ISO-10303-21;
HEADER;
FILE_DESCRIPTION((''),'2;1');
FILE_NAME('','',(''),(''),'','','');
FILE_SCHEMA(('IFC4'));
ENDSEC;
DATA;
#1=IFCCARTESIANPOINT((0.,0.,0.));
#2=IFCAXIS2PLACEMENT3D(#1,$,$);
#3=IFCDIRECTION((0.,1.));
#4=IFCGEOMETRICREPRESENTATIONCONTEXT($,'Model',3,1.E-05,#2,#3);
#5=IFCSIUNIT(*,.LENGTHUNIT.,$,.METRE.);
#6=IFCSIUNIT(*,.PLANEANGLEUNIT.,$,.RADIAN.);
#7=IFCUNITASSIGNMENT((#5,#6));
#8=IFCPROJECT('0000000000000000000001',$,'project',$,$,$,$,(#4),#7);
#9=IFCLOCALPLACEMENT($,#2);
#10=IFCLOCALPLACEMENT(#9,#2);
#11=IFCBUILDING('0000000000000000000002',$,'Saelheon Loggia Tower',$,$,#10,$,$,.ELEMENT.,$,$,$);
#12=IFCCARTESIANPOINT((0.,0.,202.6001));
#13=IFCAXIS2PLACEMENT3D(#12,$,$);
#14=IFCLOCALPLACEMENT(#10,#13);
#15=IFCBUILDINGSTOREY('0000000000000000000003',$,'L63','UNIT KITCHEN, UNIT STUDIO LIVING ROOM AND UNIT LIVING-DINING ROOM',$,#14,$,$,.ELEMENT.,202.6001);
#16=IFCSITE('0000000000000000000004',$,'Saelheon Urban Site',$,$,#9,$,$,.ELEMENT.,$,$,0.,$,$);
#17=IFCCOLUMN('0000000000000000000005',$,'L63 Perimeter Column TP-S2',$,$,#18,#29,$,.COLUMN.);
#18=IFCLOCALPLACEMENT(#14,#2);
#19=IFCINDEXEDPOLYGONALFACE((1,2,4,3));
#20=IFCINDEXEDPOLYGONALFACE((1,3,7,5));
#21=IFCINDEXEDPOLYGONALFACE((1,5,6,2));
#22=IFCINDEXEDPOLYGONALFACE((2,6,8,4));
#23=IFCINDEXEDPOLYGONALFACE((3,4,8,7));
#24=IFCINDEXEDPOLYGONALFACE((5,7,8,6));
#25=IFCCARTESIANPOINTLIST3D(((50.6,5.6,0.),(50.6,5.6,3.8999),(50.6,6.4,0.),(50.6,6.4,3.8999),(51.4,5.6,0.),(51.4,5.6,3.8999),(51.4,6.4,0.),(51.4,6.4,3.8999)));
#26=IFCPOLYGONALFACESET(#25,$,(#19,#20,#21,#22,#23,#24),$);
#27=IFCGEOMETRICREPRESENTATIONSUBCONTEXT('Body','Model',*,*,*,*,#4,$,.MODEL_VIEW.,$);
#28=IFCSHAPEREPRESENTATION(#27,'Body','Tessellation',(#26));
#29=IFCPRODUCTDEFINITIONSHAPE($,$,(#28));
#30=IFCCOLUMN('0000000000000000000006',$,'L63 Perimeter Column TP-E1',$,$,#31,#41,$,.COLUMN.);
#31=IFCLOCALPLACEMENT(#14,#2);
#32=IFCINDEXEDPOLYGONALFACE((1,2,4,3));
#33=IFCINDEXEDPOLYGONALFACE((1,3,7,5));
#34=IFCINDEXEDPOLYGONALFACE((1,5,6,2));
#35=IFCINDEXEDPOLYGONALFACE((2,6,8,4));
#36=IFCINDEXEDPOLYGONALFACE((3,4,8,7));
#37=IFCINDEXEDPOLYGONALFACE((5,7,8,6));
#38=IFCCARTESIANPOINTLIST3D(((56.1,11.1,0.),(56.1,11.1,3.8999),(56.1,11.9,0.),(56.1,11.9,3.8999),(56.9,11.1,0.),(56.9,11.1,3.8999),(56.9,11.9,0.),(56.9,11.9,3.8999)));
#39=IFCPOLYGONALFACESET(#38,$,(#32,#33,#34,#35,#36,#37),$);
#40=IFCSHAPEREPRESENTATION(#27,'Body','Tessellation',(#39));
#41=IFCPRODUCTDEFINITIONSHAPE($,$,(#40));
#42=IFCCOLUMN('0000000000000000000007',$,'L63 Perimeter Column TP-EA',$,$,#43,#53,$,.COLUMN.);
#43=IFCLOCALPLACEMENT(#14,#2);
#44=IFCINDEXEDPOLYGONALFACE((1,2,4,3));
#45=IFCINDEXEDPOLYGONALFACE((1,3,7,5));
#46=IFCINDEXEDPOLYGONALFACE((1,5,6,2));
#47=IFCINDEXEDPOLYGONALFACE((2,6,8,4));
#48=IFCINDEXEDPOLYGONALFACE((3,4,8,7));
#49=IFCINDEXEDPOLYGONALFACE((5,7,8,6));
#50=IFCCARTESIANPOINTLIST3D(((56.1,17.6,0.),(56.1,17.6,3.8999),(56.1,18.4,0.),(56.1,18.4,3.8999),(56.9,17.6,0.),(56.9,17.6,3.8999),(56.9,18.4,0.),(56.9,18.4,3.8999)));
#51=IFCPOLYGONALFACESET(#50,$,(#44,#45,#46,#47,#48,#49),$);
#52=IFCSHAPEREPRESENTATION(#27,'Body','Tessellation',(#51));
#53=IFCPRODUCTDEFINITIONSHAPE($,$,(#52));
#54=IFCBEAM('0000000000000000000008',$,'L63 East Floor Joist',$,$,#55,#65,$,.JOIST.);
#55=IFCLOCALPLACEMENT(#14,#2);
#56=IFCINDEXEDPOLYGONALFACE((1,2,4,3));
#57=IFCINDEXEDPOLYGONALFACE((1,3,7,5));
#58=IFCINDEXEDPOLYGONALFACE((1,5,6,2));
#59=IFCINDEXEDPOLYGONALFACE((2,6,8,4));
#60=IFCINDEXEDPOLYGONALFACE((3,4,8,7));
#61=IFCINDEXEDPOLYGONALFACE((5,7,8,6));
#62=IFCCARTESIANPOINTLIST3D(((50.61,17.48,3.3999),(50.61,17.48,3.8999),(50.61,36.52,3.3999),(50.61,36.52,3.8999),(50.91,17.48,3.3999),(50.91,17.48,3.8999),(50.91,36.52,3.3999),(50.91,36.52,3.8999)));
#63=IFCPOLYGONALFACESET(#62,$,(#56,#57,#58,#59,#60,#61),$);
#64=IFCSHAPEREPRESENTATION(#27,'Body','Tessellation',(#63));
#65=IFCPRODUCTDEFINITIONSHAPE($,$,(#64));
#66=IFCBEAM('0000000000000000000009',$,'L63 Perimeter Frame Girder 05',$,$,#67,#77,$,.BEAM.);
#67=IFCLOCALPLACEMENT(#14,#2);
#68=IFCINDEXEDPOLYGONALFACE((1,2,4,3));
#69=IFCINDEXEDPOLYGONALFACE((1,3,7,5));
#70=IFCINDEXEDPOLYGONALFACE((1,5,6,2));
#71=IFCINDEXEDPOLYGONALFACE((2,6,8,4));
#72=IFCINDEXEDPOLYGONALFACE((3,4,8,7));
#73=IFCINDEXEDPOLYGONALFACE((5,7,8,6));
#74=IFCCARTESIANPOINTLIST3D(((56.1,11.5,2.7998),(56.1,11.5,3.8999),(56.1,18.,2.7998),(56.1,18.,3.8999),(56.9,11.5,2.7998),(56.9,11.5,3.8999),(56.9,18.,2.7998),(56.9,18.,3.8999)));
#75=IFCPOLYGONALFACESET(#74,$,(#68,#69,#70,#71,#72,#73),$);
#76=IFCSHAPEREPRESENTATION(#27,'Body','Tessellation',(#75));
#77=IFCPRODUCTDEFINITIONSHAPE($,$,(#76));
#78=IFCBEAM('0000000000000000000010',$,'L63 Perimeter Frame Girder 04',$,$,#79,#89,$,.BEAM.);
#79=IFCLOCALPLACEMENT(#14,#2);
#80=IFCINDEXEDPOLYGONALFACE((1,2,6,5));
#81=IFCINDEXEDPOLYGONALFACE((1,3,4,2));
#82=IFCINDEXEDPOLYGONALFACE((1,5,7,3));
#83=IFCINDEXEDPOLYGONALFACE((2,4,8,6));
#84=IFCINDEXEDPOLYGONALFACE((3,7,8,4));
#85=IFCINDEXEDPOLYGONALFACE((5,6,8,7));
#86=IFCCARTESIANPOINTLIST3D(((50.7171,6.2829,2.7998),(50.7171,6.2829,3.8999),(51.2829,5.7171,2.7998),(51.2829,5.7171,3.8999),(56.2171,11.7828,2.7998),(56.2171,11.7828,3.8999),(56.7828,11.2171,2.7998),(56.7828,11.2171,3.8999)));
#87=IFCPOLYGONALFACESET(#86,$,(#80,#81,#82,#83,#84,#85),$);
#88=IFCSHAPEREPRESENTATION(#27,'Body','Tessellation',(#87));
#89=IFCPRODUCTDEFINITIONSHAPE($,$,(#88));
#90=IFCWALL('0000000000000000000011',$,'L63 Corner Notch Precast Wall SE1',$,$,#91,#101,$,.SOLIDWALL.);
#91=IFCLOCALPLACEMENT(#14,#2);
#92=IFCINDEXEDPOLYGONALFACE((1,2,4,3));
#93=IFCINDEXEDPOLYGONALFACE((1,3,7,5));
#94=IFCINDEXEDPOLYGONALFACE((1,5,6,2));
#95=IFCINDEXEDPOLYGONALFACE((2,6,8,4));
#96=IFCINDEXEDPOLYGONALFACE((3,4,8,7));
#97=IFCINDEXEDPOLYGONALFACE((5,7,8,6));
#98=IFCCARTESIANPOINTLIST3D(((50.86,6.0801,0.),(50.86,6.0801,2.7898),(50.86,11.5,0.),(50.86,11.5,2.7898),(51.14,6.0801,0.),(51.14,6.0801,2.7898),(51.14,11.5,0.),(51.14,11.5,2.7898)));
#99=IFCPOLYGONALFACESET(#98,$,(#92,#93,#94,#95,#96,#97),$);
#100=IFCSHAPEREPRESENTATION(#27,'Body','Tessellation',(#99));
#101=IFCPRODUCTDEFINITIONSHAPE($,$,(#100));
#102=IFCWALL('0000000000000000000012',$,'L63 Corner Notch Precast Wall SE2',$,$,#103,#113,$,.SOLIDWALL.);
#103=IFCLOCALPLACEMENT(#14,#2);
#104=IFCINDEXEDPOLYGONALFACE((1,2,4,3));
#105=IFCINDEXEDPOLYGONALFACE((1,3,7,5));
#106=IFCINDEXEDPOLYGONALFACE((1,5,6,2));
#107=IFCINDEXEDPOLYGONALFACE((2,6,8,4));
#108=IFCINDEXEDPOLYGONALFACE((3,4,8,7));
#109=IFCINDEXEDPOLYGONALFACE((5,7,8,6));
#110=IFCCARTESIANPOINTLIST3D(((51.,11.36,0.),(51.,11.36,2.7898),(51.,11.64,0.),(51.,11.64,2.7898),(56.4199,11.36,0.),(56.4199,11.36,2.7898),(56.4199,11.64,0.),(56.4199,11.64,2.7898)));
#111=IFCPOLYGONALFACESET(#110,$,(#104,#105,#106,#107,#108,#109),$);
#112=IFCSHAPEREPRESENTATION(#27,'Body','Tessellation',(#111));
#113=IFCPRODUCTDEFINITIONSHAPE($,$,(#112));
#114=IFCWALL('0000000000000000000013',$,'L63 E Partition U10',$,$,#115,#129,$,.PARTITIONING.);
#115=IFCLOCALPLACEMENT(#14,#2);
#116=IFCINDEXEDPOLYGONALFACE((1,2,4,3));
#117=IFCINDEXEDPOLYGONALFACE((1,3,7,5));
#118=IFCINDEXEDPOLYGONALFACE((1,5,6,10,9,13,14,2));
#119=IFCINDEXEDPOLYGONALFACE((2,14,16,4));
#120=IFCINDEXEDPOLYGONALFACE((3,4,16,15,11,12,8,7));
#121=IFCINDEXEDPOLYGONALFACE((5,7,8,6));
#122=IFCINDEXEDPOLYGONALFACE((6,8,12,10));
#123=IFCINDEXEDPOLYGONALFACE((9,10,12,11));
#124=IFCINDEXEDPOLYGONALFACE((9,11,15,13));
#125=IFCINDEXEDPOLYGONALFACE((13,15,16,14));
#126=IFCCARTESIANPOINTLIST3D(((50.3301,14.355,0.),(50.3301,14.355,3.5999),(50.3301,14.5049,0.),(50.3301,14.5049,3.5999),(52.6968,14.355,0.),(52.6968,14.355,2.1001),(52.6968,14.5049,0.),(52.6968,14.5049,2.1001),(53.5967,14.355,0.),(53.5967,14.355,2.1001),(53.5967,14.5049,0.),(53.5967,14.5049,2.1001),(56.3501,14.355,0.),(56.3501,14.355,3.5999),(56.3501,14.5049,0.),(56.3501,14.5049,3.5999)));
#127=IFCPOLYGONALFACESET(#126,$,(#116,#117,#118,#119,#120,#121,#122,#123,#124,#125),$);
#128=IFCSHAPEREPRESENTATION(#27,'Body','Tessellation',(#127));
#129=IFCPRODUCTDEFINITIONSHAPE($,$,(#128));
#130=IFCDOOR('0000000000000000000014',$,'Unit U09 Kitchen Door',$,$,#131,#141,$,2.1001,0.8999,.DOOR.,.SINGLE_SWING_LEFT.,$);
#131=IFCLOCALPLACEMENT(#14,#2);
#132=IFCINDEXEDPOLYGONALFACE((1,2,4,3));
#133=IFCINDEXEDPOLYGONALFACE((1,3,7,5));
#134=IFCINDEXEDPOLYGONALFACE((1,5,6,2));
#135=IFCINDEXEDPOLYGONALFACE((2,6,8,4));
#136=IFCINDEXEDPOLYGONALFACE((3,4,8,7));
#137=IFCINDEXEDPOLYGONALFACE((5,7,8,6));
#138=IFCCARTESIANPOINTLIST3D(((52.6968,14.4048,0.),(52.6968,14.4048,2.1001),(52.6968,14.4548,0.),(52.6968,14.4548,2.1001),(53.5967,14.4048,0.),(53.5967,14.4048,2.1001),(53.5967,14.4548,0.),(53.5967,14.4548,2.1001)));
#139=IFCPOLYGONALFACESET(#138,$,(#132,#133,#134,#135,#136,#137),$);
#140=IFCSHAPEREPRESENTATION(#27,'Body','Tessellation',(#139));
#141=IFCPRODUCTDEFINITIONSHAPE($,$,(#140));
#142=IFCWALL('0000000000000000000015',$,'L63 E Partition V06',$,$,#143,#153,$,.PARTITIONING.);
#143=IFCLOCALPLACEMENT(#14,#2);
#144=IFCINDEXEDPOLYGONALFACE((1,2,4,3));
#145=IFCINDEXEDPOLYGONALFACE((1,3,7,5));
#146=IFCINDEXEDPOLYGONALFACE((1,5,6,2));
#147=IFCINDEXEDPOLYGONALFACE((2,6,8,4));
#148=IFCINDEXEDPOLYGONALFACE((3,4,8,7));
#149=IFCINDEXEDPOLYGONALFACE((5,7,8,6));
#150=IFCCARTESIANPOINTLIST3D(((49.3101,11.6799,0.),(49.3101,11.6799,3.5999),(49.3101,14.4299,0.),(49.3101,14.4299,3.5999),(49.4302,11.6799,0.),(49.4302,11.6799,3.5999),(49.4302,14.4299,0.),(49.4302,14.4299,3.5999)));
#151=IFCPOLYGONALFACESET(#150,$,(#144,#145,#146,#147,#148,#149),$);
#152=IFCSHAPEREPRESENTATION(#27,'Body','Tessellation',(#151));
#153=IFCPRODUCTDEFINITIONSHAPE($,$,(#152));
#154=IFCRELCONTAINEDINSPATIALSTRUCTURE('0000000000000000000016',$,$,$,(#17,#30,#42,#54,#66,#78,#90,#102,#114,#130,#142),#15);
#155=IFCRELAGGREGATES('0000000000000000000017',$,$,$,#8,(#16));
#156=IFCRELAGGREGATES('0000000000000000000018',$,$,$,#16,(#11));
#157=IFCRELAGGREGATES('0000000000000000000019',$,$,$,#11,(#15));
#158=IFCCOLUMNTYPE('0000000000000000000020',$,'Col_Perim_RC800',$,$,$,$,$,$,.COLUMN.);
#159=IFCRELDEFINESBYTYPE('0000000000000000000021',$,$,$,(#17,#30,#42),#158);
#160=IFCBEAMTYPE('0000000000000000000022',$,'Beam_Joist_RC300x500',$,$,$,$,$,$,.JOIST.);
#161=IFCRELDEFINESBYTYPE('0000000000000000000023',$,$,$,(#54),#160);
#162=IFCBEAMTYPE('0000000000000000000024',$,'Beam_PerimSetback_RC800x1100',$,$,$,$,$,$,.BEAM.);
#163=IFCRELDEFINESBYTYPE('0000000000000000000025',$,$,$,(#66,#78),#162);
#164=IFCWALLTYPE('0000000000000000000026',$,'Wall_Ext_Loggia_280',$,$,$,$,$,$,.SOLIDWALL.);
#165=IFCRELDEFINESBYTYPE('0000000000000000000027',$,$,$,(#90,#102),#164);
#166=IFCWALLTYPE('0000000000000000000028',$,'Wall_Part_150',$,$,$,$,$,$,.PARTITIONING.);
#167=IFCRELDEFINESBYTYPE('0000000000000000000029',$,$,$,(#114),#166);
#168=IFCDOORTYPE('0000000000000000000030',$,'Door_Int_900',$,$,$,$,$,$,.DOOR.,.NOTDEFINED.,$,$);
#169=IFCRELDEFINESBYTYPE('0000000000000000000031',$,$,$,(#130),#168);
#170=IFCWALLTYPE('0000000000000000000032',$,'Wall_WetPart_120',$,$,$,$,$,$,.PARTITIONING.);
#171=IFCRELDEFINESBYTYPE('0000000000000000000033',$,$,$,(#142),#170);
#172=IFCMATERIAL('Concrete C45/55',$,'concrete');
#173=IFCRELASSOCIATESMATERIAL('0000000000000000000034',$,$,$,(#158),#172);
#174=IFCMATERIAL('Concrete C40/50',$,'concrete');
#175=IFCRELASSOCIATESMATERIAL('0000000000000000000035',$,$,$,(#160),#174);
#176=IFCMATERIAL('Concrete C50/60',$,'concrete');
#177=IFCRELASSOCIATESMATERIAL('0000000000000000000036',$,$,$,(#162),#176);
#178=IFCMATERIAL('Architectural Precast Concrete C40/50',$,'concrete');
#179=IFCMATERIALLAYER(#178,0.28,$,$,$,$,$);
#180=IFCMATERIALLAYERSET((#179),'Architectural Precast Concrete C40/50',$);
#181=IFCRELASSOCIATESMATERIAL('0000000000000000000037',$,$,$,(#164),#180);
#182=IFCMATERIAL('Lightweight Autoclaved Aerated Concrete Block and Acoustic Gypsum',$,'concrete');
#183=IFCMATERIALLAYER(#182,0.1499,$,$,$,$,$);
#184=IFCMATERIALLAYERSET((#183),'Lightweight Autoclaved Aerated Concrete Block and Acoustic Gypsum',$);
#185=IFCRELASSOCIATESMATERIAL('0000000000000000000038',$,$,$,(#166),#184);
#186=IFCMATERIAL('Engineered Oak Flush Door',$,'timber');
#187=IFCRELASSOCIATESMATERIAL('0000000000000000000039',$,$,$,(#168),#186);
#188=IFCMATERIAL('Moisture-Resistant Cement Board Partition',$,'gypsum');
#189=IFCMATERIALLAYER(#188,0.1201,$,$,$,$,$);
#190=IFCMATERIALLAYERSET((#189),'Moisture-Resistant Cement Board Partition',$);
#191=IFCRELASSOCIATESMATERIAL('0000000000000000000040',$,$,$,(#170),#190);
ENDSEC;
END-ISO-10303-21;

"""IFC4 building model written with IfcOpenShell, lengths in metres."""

from ifc_helpers import new_model, si_unit, direction, frame, frame_2d, origin, origin_2d, place, context, subcontext, project, spatial, rectangle, extrude, source, transform, mapped, material, layer, layer_set, material_profile, profile_set, type_object, element, fill, save


model = new_model("IFC4")

# Units and contexts
model_context = context("Model", 3, precision=1e-05, world=origin(), true_north=direction((0.0, 1.0)))
body_context = subcontext(model_context, "Body", "Model", "MODEL_VIEW")
ifc_project = project(units=[si_unit("LENGTHUNIT", "METRE"), si_unit("PLANEANGLEUNIT", "RADIAN")], contexts=[model_context])

# Site, building, storey
site_placement = place(None, origin())
site = spatial("IfcSite", under=ifc_project, at=site_placement, Name="Saelheon Urban Site", CompositionType="ELEMENT", RefElevation=0.0)
building_placement = place(site_placement, origin())
building = spatial("IfcBuilding", under=site, at=building_placement, Name="Saelheon Loggia Tower", CompositionType="ELEMENT")
storey_placement = place(building_placement, frame((0.0, 0.0, 202.6001)))
storey = spatial("IfcBuildingStorey", under=building, at=storey_placement, Name="L63", Description="UNIT KITCHEN, UNIT STUDIO LIVING ROOM AND UNIT LIVING-DINING ROOM", CompositionType="ELEMENT", Elevation=202.6001)

# Columns
ifc_material_1 = material(Name="Concrete C45/55", Category="concrete")
ifc_material_profile_1 = material_profile(ifc_material_1, rectangle(XDim=0.8, YDim=0.8, at=origin_2d()), Name="RC-800x800")
ifc_profile_set_1 = profile_set([ifc_material_profile_1], Name="Concrete C45/55")
column_type = type_object("IfcColumnType", Name="Col_Perim_RC800", PredefinedType="COLUMN", material=ifc_profile_set_1)
shared_shape_1 = source(origin(), body_context, "Body", "SweptSolid", [
    extrude(rectangle(XDim=0.8, YDim=0.8, at=origin_2d()), origin(), (0.0, 0.0, 1.0), 3.8999),
])
for number, where, z_axis, x_axis, name in (
    (1, (51.0, 6.0, 0.0), (0.0, 0.0, 1.0), (1.0, 0.0, 0.0), "L63 Perimeter Column TP-S2"),
    (2, (56.5, 11.5, 0.0), (0.0, 0.0, 1.0), (1.0, 0.0, 0.0), "L63 Perimeter Column TP-E1"),
    (3, (56.5, 18.0, 0.0), (0.0, 0.0, 1.0), (1.0, 0.0, 0.0), "L63 Perimeter Column TP-EA"),
):
    element("IfcColumn", number, at=place(storey_placement, frame(where, z_axis=z_axis, x_axis=x_axis)), inside=storey, type_object=column_type, Name=name, PredefinedType="COLUMN", context=body_context, shape_type="MappedRepresentation", body=[
        mapped(shared_shape_1, transform((0.0, 0.0, 0.0), scale=1.0)),
    ])

# Beams
ifc_material_2 = material(Name="Concrete C40/50", Category="concrete")
ifc_material_profile_2 = material_profile(ifc_material_2, rectangle(XDim=0.3, YDim=0.5, at=origin_2d()), Name="RC-300x500")
ifc_profile_set_2 = profile_set([ifc_material_profile_2], Name="Concrete C40/50")
beam_type_1 = type_object("IfcBeamType", Name="Beam_Joist_RC300x500", PredefinedType="JOIST", material=ifc_profile_set_2)
shared_shape_2 = source(origin(), body_context, "Body", "SweptSolid", [
    extrude(rectangle(XDim=0.3, YDim=0.5, at=origin_2d()), origin(), (0.0, 0.0, 1.0), 19.04),
])
beam_1_placement = place(storey_placement, frame((50.76, 17.48, 3.6499), z_axis=(0.0, 1.0, 0.0), x_axis=(-1.0, 0.0, 0.0)))
element("IfcBeam", 4, at=beam_1_placement, inside=storey, type_object=beam_type_1, Name="L63 East Floor Joist", PredefinedType="JOIST", context=body_context, shape_type="MappedRepresentation", body=[
    mapped(shared_shape_2, transform((0.0, 0.0, 0.0), scale=1.0)),
])
ifc_material_3 = material(Name="Concrete C50/60", Category="concrete")
ifc_material_profile_3 = material_profile(ifc_material_3, rectangle(XDim=0.8, YDim=1.1001, at=origin_2d()), Name="RC-800x1100")
ifc_profile_set_3 = profile_set([ifc_material_profile_3], Name="Concrete C50/60")
beam_type_2 = type_object("IfcBeamType", Name="Beam_PerimSetback_RC800x1100", PredefinedType="BEAM", material=ifc_profile_set_3)
shared_shape_3 = source(origin(), body_context, "Body", "SweptSolid", [
    extrude(rectangle(XDim=0.8, YDim=1.1001, at=origin_2d()), origin(), (0.0, 0.0, 1.0), 6.5),
])
beam_2_placement = place(storey_placement, frame((56.5, 11.5, 3.3499), z_axis=(0.0, 1.0, 0.0), x_axis=(-1.0, 0.0, 0.0)))
element("IfcBeam", 5, at=beam_2_placement, inside=storey, type_object=beam_type_2, Name="L63 Perimeter Frame Girder 05", PredefinedType="BEAM", context=body_context, shape_type="MappedRepresentation", body=[
    mapped(shared_shape_3, transform((0.0, 0.0, 0.0), scale=1.0)),
])
shared_shape_4 = source(origin(), body_context, "Body", "SweptSolid", [
    extrude(rectangle(XDim=0.8, YDim=1.1001, at=origin_2d()), origin(), (0.0, 0.0, 1.0), 7.7781),
])
beam_3_placement = place(storey_placement, frame((51.0, 6.0, 3.3499), z_axis=(0.707107, 0.707107, 0.0), x_axis=(-0.707107, 0.707107, 0.0)))
element("IfcBeam", 6, at=beam_3_placement, inside=storey, type_object=beam_type_2, Name="L63 Perimeter Frame Girder 04", PredefinedType="BEAM", context=body_context, shape_type="MappedRepresentation", body=[
    mapped(shared_shape_4, transform((0.0, 0.0, 0.0), scale=1.0)),
])

# Shared definitions
ifc_material_4 = material(Name="Architectural Precast Concrete C40/50", Category="concrete")
ifc_layer_1 = layer(ifc_material_4, 0.28)
ifc_layer_set_1 = layer_set([ifc_layer_1], Name="Architectural Precast Concrete C40/50")
wall_type_1 = type_object("IfcWallType", Name="Wall_Ext_Loggia_280", PredefinedType="SOLIDWALL", material=ifc_layer_set_1)

# Walls
for number, where, z_axis, x_axis, name in (
    (7, (51.0, 6.0801, 0.0), (0.0, 0.0, 1.0), (0.0, 1.0, 0.0), "L63 Corner Notch Precast Wall SE1"),
    (8, (51.0, 11.5, 0.0), (0.0, 0.0, 1.0), (1.0, 0.0, 0.0), "L63 Corner Notch Precast Wall SE2"),
):
    element("IfcWall", number, at=place(storey_placement, frame(where, z_axis=z_axis, x_axis=x_axis)), inside=storey, type_object=wall_type_1, Name=name, PredefinedType="SOLIDWALL", context=body_context, shape_type="SweptSolid", body=[
        extrude(rectangle(XDim=5.4199, YDim=0.28, at=frame_2d((2.71, 0.0))), origin(), (0.0, 0.0, 1.0), 2.7898),
    ])

# Wall, opening, door
ifc_material_5 = material(Name="Lightweight Autoclaved Aerated Concrete Block and Acoustic Gypsum", Category="concrete")
ifc_layer_2 = layer(ifc_material_5, 0.1499)
ifc_layer_set_2 = layer_set([ifc_layer_2], Name="Lightweight Autoclaved Aerated Concrete Block and Acoustic Gypsum")
wall_type_2 = type_object("IfcWallType", Name="Wall_Part_150", PredefinedType="PARTITIONING", material=ifc_layer_set_2)
wall_1_placement = place(storey_placement, frame((50.3301, 14.4299, 0.0), z_axis=(0.0, 0.0, 1.0), x_axis=(1.0, 0.0, 0.0)))
wall_1 = element("IfcWall", 9, at=wall_1_placement, inside=storey, type_object=wall_type_2, Name="L63 E Partition U10", PredefinedType="PARTITIONING", context=body_context, shape_type="SweptSolid", body=[
    extrude(rectangle(XDim=6.02, YDim=0.1499, at=frame_2d((3.01, 0.0))), origin(), (0.0, 0.0, 1.0), 3.5999),
])
opening_1_placement = place(wall_1_placement, frame((2.3667, 0.0, 0.0)))
opening_1 = element("IfcOpeningElement", 10, at=opening_1_placement, cuts=wall_1, PredefinedType="OPENING", context=body_context, shape_type="SweptSolid", body=[
    extrude(rectangle(XDim=0.8999, YDim=2.1001, at=frame_2d((0.45, 1.05))), frame((0.0, 0.0869, 0.0), z_axis=(0.0, -1.0, 0.0), x_axis=(1.0, 0.0, 0.0)), (0.0, 0.0, 1.0), 0.1738),
])
ifc_material_6 = material(Name="Engineered Oak Flush Door", Category="timber")
door_type_1 = type_object("IfcDoorType", Name="Door_Int_900", OperationType="NOTDEFINED", PredefinedType="DOOR", material=ifc_material_6)
shared_shape_5 = source(origin(), body_context, "Body", "SweptSolid", [
    extrude(rectangle(XDim=0.8999, YDim=2.1001, at=frame_2d((0.45, 1.05))), frame((0.0, 0.0249, 0.0), z_axis=(0.0, -1.0, 0.0), x_axis=(1.0, 0.0, 0.0)), (0.0, 0.0, 1.0), 0.05),
])
door_1_placement = place(opening_1_placement, origin())
door_1 = element("IfcDoor", 11, at=door_1_placement, inside=storey, type_object=door_type_1, Name="Unit U09 Kitchen Door", OperationType="SINGLE_SWING_LEFT", OverallHeight=2.1001, OverallWidth=0.8999, PredefinedType="DOOR", context=body_context, shape_type="MappedRepresentation", body=[
    mapped(shared_shape_5, transform((0.0, 0.0, 0.0), scale=1.0)),
])
fill(opening_1, door_1)

# Wall
ifc_material_7 = material(Name="Moisture-Resistant Cement Board Partition", Category="gypsum")
ifc_layer_3 = layer(ifc_material_7, 0.1201)
ifc_layer_set_3 = layer_set([ifc_layer_3], Name="Moisture-Resistant Cement Board Partition")
wall_type_3 = type_object("IfcWallType", Name="Wall_WetPart_120", PredefinedType="PARTITIONING", material=ifc_layer_set_3)
wall_2_placement = place(storey_placement, frame((49.3701, 11.6799, 0.0), z_axis=(0.0, 0.0, 1.0), x_axis=(0.0, 1.0, 0.0)))
element("IfcWall", 12, at=wall_2_placement, inside=storey, type_object=wall_type_3, Name="L63 E Partition V06", PredefinedType="PARTITIONING", context=body_context, shape_type="SweptSolid", body=[
    extrude(rectangle(XDim=2.75, YDim=0.1201, at=frame_2d((1.375, 0.0))), origin(), (0.0, 0.0, 1.0), 3.5999),
])

save(model, "model.ifc")
